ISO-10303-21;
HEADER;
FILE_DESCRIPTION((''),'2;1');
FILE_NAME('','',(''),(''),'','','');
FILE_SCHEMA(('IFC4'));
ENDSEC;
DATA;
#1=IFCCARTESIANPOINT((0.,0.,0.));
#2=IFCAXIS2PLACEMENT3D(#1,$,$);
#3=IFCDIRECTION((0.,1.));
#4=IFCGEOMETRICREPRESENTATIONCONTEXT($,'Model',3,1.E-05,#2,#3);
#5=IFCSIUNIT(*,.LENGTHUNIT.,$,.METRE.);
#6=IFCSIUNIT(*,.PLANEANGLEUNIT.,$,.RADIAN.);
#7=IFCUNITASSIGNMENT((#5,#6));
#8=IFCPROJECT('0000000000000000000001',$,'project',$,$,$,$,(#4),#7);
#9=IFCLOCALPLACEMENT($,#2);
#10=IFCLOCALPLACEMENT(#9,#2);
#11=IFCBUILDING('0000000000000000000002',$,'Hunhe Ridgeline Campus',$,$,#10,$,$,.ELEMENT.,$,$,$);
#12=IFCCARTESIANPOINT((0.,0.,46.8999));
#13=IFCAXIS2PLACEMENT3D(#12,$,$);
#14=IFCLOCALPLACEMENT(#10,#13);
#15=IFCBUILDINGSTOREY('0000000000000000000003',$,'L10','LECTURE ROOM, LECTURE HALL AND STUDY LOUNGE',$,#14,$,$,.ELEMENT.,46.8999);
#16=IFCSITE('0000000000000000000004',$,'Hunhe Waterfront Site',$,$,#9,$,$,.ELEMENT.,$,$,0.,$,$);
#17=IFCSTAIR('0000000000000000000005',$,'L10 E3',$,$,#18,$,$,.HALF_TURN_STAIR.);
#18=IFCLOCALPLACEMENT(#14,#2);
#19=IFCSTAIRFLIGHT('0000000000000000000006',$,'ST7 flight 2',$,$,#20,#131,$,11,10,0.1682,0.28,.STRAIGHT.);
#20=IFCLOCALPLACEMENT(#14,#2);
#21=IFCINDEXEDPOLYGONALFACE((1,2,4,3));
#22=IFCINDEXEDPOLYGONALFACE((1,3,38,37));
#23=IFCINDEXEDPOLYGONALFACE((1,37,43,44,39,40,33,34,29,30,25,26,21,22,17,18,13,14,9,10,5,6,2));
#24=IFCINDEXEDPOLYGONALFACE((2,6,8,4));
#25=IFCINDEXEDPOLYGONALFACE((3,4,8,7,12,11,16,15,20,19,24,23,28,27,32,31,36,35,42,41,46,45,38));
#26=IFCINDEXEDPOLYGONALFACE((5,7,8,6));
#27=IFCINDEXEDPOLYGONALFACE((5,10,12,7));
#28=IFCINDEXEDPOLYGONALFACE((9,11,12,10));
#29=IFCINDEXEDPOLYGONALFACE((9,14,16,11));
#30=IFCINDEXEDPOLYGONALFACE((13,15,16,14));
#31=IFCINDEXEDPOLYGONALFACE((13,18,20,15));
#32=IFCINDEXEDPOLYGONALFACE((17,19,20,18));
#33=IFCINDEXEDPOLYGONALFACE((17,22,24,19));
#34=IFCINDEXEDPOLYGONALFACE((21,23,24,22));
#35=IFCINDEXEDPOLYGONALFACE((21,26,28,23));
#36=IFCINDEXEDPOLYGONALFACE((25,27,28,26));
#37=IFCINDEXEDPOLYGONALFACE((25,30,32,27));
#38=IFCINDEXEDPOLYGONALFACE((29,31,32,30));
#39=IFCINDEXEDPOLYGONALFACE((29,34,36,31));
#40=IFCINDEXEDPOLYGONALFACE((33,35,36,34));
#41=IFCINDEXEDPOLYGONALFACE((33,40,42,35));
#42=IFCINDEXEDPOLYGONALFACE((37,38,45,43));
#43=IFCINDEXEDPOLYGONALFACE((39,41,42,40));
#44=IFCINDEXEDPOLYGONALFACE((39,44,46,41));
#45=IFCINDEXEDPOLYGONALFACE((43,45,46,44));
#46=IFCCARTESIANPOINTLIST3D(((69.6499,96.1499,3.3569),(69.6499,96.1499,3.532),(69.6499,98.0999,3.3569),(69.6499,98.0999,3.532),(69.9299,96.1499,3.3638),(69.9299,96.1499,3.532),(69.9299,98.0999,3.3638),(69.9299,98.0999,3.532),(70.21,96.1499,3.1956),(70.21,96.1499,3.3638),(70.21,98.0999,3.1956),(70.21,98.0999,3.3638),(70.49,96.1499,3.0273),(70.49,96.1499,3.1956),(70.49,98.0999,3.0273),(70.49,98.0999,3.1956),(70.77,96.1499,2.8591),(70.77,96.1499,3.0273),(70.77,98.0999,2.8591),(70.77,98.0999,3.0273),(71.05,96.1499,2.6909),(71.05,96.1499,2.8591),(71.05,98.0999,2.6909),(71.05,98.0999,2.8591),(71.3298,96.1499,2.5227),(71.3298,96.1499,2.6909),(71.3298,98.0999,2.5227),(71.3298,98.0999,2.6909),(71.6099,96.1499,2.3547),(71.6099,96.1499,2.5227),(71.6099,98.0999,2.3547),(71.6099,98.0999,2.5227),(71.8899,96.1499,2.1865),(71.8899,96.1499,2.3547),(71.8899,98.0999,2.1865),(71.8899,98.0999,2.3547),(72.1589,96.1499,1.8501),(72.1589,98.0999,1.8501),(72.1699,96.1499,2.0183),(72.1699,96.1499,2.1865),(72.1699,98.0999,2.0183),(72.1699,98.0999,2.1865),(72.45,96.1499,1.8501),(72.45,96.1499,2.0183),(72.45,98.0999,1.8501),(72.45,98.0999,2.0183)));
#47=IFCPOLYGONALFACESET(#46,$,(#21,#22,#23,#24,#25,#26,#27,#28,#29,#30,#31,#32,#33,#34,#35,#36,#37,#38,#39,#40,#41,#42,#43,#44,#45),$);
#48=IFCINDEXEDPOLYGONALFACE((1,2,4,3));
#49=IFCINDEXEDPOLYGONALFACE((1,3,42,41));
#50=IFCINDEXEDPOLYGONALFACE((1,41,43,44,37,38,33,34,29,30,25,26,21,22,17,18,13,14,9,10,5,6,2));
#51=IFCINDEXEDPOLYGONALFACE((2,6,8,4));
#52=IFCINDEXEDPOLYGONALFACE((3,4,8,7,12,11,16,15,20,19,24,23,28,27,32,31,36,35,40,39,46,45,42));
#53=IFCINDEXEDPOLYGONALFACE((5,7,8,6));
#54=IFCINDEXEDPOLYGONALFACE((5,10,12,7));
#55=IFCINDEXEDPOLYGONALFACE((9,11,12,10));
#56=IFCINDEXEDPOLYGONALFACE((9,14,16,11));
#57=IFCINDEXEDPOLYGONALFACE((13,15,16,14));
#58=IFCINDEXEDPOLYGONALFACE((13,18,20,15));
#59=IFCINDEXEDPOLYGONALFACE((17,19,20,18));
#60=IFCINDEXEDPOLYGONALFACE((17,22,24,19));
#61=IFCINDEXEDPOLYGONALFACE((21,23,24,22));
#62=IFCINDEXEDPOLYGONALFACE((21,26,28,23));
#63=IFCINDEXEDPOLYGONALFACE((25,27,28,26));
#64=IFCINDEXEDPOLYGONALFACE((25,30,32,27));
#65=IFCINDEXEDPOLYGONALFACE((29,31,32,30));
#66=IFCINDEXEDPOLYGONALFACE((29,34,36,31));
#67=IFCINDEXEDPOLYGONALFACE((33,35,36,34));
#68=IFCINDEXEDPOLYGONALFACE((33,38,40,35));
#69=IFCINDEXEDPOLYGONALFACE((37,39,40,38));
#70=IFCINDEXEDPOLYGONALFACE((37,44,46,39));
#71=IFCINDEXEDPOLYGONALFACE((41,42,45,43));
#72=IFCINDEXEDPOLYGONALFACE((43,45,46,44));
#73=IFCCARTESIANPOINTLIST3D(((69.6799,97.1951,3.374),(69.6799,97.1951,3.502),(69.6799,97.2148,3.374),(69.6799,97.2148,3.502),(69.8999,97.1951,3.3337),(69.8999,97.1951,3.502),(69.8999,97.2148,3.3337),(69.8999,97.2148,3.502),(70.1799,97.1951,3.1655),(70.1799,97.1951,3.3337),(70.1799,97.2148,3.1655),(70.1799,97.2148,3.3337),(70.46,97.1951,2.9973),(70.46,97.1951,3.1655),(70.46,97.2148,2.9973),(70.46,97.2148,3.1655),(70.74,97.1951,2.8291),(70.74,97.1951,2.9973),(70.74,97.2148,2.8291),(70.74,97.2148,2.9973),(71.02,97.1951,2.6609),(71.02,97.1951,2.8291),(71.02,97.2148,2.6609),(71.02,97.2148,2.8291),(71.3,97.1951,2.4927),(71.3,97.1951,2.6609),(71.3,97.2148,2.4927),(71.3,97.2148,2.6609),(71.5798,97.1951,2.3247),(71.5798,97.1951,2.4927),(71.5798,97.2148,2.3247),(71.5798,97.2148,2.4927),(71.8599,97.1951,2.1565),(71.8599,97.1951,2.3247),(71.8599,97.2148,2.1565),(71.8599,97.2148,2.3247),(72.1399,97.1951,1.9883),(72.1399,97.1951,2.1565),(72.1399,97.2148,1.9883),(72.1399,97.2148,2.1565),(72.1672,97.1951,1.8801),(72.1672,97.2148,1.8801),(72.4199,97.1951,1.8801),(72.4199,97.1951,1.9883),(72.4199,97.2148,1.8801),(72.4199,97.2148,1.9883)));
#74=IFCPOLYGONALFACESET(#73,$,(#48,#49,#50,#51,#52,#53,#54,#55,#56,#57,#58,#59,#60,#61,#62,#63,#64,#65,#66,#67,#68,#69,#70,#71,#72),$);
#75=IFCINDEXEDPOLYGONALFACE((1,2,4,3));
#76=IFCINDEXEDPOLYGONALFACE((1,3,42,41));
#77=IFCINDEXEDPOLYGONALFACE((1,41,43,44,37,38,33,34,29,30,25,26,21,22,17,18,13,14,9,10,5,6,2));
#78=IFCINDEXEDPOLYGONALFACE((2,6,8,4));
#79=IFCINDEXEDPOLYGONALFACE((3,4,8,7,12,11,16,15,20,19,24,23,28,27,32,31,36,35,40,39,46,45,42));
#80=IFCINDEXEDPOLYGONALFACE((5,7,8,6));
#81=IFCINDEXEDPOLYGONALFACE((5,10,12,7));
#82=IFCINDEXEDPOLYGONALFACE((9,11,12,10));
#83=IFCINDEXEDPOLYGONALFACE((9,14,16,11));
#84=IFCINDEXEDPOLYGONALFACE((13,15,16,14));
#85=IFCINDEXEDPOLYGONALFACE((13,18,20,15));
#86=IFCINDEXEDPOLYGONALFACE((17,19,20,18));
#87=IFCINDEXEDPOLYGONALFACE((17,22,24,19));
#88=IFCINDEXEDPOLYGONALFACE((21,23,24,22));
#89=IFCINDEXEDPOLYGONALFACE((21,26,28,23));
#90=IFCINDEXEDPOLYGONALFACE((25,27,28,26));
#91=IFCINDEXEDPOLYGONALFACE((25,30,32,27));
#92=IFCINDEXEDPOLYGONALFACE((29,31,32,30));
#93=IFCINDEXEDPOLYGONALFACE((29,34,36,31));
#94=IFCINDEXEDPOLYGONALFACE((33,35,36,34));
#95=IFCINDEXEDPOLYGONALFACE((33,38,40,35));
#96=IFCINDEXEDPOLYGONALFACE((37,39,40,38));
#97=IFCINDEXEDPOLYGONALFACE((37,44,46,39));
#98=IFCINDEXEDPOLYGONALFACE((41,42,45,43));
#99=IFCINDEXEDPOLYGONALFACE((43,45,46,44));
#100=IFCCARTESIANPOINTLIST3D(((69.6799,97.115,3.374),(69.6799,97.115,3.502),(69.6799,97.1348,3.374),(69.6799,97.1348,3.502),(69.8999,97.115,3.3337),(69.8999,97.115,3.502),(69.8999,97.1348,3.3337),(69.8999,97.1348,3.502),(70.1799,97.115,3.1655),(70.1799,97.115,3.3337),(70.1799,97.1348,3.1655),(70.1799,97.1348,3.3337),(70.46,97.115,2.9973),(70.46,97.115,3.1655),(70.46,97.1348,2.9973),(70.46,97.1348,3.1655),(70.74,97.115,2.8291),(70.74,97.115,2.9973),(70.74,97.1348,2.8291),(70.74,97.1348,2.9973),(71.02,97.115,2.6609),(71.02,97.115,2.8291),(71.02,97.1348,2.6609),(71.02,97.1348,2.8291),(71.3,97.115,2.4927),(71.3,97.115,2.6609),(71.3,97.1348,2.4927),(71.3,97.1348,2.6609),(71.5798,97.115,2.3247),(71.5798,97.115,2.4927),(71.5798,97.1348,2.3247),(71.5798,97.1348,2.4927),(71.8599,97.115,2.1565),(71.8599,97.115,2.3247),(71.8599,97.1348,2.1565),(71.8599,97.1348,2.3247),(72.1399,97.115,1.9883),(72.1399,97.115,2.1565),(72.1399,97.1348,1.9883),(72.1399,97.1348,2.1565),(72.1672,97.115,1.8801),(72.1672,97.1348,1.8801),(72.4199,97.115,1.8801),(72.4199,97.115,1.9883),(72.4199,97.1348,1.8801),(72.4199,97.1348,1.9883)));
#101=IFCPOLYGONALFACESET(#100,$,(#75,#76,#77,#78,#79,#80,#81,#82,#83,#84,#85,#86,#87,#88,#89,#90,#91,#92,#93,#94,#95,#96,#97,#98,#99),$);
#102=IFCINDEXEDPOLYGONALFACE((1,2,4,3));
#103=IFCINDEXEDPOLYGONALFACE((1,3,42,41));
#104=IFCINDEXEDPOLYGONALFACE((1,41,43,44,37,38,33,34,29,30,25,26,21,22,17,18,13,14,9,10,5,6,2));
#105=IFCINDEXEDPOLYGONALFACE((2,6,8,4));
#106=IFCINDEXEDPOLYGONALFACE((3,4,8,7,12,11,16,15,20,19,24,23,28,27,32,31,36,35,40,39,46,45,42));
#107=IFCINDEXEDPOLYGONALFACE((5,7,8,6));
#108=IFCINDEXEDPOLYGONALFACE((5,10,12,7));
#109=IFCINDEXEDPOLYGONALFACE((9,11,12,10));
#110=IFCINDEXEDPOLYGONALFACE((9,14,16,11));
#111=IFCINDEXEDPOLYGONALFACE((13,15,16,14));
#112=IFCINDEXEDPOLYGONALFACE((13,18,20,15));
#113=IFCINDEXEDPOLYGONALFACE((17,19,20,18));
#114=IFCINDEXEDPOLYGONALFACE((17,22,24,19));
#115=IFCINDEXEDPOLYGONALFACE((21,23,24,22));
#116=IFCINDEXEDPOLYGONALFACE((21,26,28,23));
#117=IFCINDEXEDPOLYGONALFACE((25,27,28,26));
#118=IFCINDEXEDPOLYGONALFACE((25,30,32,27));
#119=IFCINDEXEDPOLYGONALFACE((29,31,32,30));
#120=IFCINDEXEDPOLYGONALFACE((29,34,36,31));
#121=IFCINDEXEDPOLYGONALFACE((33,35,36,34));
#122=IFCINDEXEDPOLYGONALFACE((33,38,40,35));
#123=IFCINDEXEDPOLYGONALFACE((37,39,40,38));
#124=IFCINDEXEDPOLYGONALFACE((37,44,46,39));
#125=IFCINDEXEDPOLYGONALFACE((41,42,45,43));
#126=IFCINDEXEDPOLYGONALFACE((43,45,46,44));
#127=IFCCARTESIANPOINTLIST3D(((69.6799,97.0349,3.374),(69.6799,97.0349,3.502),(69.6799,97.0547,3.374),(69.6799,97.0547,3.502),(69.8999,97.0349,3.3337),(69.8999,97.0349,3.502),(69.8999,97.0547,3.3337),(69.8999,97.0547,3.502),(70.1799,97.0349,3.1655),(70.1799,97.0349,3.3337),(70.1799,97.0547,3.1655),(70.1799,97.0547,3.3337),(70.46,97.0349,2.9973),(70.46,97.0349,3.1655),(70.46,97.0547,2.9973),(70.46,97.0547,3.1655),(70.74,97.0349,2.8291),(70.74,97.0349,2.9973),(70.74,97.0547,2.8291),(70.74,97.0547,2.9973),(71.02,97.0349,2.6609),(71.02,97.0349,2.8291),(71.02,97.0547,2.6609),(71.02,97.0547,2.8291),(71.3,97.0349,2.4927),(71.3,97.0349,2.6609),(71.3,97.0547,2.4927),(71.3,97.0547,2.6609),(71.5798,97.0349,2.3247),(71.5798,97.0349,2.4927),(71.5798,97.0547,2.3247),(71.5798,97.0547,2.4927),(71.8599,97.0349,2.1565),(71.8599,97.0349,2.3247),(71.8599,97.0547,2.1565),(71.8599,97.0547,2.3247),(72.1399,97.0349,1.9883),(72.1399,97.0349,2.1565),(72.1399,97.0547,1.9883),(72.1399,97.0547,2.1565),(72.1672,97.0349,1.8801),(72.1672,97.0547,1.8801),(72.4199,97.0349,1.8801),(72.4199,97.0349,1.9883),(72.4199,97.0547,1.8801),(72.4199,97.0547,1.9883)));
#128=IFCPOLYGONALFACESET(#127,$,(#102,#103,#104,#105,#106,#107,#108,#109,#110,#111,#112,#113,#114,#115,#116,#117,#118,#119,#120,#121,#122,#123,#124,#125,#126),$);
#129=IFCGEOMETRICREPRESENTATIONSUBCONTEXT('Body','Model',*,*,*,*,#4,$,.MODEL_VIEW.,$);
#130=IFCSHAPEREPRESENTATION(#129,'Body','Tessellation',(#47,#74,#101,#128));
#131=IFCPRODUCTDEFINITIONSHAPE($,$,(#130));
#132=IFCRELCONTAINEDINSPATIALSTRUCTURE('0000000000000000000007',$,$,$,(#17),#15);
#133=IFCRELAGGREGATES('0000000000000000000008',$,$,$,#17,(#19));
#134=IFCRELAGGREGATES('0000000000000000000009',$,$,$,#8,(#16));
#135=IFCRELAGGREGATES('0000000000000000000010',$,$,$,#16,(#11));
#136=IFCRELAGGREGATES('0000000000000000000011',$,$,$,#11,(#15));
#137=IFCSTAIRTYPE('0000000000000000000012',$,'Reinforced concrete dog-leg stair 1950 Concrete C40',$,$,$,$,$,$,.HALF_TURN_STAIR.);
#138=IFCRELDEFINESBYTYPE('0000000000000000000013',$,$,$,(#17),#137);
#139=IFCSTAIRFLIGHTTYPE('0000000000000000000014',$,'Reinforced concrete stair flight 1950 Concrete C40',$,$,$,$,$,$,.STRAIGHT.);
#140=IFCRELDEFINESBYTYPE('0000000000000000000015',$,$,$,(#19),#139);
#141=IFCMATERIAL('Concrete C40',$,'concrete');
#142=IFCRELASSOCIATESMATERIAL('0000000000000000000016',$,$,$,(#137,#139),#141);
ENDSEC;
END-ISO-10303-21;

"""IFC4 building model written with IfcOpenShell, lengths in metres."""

from ifc_helpers import new_model, si_unit, direction, frame, origin, place, context, subcontext, project, spatial, polyline, outline, extrude, material, type_object, element, aggregate, save


model = new_model("IFC4")

# Units and contexts
model_context = context("Model", 3, precision=1e-05, world=origin(), true_north=direction((0.0, 1.0)))
body_context = subcontext(model_context, "Body", "Model", "MODEL_VIEW")
ifc_project = project(units=[si_unit("LENGTHUNIT", "METRE"), si_unit("PLANEANGLEUNIT", "RADIAN")], contexts=[model_context])

# Site, building, storey
site_placement = place(None, origin())
site = spatial("IfcSite", under=ifc_project, at=site_placement, Name="Hunhe Waterfront Site", CompositionType="ELEMENT", RefElevation=0.0)
building_placement = place(site_placement, origin())
building = spatial("IfcBuilding", under=site, at=building_placement, Name="Hunhe Ridgeline Campus", CompositionType="ELEMENT")
storey_placement = place(building_placement, frame((0.0, 0.0, 46.8999)))
storey = spatial("IfcBuildingStorey", under=building, at=storey_placement, Name="L10", Description="LECTURE ROOM, LECTURE HALL AND STUDY LOUNGE", CompositionType="ELEMENT", Elevation=46.8999)

# Shared definitions
ifc_material_1 = material(Name="Concrete C40", Category="concrete")
stair_type = type_object("IfcStairType", Name="Reinforced concrete dog-leg stair 1950 Concrete C40", PredefinedType="HALF_TURN_STAIR", material=ifc_material_1)
stair_flight_type = type_object("IfcStairFlightType", Name="Reinforced concrete stair flight 1950 Concrete C40", PredefinedType="STRAIGHT", material=ifc_material_1)

# Stair, stair flight
stair_1_placement = place(storey_placement, origin())
stair_1 = element("IfcStair", 1, at=stair_1_placement, inside=storey, type_object=stair_type, Name="L10 E3", PredefinedType="HALF_TURN_STAIR")
stair_flight_1_placement = place(storey_placement, frame((72.45, 97.125, 1.8501), z_axis=(0.0, 0.0, 1.0), x_axis=(-1.0, 0.0, 0.0)))
stair_flight_1 = element("IfcStairFlight", 2, at=stair_flight_1_placement, type_object=stair_flight_type, Name="ST7 flight 2", NumberOfRisers=11, NumberOfTreads=10, PredefinedType="STRAIGHT", RiserHeight=0.1682, TreadLength=0.28, context=body_context, shape_type="SweptSolid", body=[
    extrude(outline(polyline([(0.0, 0.0), (0.0, 0.1682), (0.28, 0.1682), (0.28, 0.3364), (0.5601, 0.3364), (0.5601, 0.5046), (0.8401, 0.5046), (0.8401, 0.6726), (1.1201, 0.6726), (1.1201, 0.8408), (1.3999, 0.8408), (1.3999, 1.009), (1.6799, 1.009), (1.6799, 1.1772), (1.96, 1.1772), (1.96, 1.3455), (2.24, 1.3455), (2.24, 1.5137), (2.52, 1.5137), (2.52, 1.6819), (2.8, 1.6819), (2.8, 1.8501), (2.8, 1.5068), (0.291, 0.0), (0.0, 0.0)])), frame((0.0, 0.9751, 0.0), z_axis=(0.0, -1.0, 0.0), x_axis=(1.0, 0.0, 0.0)), (0.0, 0.0, 1.0), 1.95),
    extrude(outline(polyline([(0.03, 0.03), (0.03, 0.1382), (0.3101, 0.1382), (0.3101, 0.3064), (0.5901, 0.3064), (0.5901, 0.4746), (0.8701, 0.4746), (0.8701, 0.6426), (1.1499, 0.6426), (1.1499, 0.8108), (1.4299, 0.8108), (1.4299, 0.979), (1.71, 0.979), (1.71, 1.1472), (1.99, 1.1472), (1.99, 1.3154), (2.27, 1.3154), (2.27, 1.4836), (2.55, 1.4836), (2.55, 1.6519), (2.77, 1.6519), (2.77, 1.5239), (0.2827, 0.03), (0.03, 0.03)])), frame((0.0, -0.0701, 0.0), z_axis=(0.0, -1.0, 0.0), x_axis=(1.0, 0.0, 0.0)), (0.0, 0.0, 1.0), 0.0198),
    extrude(outline(polyline([(0.03, 0.03), (0.03, 0.1382), (0.3101, 0.1382), (0.3101, 0.3064), (0.5901, 0.3064), (0.5901, 0.4746), (0.8701, 0.4746), (0.8701, 0.6426), (1.1499, 0.6426), (1.1499, 0.8108), (1.4299, 0.8108), (1.4299, 0.979), (1.71, 0.979), (1.71, 1.1472), (1.99, 1.1472), (1.99, 1.3154), (2.27, 1.3154), (2.27, 1.4836), (2.55, 1.4836), (2.55, 1.6519), (2.77, 1.6519), (2.77, 1.5239), (0.2827, 0.03), (0.03, 0.03)])), frame((0.0, 0.01, 0.0), z_axis=(0.0, -1.0, 0.0), x_axis=(1.0, 0.0, 0.0)), (0.0, 0.0, 1.0), 0.0198),
    extrude(outline(polyline([(0.03, 0.03), (0.03, 0.1382), (0.3101, 0.1382), (0.3101, 0.3064), (0.5901, 0.3064), (0.5901, 0.4746), (0.8701, 0.4746), (0.8701, 0.6426), (1.1499, 0.6426), (1.1499, 0.8108), (1.4299, 0.8108), (1.4299, 0.979), (1.71, 0.979), (1.71, 1.1472), (1.99, 1.1472), (1.99, 1.3154), (2.27, 1.3154), (2.27, 1.4836), (2.55, 1.4836), (2.55, 1.6519), (2.77, 1.6519), (2.77, 1.5239), (0.2827, 0.03), (0.03, 0.03)])), frame((0.0, 0.0901, 0.0), z_axis=(0.0, -1.0, 0.0), x_axis=(1.0, 0.0, 0.0)), (0.0, 0.0, 1.0), 0.0198),
])
aggregate(stair_1, [stair_flight_1])

save(model, "model.ifc")
